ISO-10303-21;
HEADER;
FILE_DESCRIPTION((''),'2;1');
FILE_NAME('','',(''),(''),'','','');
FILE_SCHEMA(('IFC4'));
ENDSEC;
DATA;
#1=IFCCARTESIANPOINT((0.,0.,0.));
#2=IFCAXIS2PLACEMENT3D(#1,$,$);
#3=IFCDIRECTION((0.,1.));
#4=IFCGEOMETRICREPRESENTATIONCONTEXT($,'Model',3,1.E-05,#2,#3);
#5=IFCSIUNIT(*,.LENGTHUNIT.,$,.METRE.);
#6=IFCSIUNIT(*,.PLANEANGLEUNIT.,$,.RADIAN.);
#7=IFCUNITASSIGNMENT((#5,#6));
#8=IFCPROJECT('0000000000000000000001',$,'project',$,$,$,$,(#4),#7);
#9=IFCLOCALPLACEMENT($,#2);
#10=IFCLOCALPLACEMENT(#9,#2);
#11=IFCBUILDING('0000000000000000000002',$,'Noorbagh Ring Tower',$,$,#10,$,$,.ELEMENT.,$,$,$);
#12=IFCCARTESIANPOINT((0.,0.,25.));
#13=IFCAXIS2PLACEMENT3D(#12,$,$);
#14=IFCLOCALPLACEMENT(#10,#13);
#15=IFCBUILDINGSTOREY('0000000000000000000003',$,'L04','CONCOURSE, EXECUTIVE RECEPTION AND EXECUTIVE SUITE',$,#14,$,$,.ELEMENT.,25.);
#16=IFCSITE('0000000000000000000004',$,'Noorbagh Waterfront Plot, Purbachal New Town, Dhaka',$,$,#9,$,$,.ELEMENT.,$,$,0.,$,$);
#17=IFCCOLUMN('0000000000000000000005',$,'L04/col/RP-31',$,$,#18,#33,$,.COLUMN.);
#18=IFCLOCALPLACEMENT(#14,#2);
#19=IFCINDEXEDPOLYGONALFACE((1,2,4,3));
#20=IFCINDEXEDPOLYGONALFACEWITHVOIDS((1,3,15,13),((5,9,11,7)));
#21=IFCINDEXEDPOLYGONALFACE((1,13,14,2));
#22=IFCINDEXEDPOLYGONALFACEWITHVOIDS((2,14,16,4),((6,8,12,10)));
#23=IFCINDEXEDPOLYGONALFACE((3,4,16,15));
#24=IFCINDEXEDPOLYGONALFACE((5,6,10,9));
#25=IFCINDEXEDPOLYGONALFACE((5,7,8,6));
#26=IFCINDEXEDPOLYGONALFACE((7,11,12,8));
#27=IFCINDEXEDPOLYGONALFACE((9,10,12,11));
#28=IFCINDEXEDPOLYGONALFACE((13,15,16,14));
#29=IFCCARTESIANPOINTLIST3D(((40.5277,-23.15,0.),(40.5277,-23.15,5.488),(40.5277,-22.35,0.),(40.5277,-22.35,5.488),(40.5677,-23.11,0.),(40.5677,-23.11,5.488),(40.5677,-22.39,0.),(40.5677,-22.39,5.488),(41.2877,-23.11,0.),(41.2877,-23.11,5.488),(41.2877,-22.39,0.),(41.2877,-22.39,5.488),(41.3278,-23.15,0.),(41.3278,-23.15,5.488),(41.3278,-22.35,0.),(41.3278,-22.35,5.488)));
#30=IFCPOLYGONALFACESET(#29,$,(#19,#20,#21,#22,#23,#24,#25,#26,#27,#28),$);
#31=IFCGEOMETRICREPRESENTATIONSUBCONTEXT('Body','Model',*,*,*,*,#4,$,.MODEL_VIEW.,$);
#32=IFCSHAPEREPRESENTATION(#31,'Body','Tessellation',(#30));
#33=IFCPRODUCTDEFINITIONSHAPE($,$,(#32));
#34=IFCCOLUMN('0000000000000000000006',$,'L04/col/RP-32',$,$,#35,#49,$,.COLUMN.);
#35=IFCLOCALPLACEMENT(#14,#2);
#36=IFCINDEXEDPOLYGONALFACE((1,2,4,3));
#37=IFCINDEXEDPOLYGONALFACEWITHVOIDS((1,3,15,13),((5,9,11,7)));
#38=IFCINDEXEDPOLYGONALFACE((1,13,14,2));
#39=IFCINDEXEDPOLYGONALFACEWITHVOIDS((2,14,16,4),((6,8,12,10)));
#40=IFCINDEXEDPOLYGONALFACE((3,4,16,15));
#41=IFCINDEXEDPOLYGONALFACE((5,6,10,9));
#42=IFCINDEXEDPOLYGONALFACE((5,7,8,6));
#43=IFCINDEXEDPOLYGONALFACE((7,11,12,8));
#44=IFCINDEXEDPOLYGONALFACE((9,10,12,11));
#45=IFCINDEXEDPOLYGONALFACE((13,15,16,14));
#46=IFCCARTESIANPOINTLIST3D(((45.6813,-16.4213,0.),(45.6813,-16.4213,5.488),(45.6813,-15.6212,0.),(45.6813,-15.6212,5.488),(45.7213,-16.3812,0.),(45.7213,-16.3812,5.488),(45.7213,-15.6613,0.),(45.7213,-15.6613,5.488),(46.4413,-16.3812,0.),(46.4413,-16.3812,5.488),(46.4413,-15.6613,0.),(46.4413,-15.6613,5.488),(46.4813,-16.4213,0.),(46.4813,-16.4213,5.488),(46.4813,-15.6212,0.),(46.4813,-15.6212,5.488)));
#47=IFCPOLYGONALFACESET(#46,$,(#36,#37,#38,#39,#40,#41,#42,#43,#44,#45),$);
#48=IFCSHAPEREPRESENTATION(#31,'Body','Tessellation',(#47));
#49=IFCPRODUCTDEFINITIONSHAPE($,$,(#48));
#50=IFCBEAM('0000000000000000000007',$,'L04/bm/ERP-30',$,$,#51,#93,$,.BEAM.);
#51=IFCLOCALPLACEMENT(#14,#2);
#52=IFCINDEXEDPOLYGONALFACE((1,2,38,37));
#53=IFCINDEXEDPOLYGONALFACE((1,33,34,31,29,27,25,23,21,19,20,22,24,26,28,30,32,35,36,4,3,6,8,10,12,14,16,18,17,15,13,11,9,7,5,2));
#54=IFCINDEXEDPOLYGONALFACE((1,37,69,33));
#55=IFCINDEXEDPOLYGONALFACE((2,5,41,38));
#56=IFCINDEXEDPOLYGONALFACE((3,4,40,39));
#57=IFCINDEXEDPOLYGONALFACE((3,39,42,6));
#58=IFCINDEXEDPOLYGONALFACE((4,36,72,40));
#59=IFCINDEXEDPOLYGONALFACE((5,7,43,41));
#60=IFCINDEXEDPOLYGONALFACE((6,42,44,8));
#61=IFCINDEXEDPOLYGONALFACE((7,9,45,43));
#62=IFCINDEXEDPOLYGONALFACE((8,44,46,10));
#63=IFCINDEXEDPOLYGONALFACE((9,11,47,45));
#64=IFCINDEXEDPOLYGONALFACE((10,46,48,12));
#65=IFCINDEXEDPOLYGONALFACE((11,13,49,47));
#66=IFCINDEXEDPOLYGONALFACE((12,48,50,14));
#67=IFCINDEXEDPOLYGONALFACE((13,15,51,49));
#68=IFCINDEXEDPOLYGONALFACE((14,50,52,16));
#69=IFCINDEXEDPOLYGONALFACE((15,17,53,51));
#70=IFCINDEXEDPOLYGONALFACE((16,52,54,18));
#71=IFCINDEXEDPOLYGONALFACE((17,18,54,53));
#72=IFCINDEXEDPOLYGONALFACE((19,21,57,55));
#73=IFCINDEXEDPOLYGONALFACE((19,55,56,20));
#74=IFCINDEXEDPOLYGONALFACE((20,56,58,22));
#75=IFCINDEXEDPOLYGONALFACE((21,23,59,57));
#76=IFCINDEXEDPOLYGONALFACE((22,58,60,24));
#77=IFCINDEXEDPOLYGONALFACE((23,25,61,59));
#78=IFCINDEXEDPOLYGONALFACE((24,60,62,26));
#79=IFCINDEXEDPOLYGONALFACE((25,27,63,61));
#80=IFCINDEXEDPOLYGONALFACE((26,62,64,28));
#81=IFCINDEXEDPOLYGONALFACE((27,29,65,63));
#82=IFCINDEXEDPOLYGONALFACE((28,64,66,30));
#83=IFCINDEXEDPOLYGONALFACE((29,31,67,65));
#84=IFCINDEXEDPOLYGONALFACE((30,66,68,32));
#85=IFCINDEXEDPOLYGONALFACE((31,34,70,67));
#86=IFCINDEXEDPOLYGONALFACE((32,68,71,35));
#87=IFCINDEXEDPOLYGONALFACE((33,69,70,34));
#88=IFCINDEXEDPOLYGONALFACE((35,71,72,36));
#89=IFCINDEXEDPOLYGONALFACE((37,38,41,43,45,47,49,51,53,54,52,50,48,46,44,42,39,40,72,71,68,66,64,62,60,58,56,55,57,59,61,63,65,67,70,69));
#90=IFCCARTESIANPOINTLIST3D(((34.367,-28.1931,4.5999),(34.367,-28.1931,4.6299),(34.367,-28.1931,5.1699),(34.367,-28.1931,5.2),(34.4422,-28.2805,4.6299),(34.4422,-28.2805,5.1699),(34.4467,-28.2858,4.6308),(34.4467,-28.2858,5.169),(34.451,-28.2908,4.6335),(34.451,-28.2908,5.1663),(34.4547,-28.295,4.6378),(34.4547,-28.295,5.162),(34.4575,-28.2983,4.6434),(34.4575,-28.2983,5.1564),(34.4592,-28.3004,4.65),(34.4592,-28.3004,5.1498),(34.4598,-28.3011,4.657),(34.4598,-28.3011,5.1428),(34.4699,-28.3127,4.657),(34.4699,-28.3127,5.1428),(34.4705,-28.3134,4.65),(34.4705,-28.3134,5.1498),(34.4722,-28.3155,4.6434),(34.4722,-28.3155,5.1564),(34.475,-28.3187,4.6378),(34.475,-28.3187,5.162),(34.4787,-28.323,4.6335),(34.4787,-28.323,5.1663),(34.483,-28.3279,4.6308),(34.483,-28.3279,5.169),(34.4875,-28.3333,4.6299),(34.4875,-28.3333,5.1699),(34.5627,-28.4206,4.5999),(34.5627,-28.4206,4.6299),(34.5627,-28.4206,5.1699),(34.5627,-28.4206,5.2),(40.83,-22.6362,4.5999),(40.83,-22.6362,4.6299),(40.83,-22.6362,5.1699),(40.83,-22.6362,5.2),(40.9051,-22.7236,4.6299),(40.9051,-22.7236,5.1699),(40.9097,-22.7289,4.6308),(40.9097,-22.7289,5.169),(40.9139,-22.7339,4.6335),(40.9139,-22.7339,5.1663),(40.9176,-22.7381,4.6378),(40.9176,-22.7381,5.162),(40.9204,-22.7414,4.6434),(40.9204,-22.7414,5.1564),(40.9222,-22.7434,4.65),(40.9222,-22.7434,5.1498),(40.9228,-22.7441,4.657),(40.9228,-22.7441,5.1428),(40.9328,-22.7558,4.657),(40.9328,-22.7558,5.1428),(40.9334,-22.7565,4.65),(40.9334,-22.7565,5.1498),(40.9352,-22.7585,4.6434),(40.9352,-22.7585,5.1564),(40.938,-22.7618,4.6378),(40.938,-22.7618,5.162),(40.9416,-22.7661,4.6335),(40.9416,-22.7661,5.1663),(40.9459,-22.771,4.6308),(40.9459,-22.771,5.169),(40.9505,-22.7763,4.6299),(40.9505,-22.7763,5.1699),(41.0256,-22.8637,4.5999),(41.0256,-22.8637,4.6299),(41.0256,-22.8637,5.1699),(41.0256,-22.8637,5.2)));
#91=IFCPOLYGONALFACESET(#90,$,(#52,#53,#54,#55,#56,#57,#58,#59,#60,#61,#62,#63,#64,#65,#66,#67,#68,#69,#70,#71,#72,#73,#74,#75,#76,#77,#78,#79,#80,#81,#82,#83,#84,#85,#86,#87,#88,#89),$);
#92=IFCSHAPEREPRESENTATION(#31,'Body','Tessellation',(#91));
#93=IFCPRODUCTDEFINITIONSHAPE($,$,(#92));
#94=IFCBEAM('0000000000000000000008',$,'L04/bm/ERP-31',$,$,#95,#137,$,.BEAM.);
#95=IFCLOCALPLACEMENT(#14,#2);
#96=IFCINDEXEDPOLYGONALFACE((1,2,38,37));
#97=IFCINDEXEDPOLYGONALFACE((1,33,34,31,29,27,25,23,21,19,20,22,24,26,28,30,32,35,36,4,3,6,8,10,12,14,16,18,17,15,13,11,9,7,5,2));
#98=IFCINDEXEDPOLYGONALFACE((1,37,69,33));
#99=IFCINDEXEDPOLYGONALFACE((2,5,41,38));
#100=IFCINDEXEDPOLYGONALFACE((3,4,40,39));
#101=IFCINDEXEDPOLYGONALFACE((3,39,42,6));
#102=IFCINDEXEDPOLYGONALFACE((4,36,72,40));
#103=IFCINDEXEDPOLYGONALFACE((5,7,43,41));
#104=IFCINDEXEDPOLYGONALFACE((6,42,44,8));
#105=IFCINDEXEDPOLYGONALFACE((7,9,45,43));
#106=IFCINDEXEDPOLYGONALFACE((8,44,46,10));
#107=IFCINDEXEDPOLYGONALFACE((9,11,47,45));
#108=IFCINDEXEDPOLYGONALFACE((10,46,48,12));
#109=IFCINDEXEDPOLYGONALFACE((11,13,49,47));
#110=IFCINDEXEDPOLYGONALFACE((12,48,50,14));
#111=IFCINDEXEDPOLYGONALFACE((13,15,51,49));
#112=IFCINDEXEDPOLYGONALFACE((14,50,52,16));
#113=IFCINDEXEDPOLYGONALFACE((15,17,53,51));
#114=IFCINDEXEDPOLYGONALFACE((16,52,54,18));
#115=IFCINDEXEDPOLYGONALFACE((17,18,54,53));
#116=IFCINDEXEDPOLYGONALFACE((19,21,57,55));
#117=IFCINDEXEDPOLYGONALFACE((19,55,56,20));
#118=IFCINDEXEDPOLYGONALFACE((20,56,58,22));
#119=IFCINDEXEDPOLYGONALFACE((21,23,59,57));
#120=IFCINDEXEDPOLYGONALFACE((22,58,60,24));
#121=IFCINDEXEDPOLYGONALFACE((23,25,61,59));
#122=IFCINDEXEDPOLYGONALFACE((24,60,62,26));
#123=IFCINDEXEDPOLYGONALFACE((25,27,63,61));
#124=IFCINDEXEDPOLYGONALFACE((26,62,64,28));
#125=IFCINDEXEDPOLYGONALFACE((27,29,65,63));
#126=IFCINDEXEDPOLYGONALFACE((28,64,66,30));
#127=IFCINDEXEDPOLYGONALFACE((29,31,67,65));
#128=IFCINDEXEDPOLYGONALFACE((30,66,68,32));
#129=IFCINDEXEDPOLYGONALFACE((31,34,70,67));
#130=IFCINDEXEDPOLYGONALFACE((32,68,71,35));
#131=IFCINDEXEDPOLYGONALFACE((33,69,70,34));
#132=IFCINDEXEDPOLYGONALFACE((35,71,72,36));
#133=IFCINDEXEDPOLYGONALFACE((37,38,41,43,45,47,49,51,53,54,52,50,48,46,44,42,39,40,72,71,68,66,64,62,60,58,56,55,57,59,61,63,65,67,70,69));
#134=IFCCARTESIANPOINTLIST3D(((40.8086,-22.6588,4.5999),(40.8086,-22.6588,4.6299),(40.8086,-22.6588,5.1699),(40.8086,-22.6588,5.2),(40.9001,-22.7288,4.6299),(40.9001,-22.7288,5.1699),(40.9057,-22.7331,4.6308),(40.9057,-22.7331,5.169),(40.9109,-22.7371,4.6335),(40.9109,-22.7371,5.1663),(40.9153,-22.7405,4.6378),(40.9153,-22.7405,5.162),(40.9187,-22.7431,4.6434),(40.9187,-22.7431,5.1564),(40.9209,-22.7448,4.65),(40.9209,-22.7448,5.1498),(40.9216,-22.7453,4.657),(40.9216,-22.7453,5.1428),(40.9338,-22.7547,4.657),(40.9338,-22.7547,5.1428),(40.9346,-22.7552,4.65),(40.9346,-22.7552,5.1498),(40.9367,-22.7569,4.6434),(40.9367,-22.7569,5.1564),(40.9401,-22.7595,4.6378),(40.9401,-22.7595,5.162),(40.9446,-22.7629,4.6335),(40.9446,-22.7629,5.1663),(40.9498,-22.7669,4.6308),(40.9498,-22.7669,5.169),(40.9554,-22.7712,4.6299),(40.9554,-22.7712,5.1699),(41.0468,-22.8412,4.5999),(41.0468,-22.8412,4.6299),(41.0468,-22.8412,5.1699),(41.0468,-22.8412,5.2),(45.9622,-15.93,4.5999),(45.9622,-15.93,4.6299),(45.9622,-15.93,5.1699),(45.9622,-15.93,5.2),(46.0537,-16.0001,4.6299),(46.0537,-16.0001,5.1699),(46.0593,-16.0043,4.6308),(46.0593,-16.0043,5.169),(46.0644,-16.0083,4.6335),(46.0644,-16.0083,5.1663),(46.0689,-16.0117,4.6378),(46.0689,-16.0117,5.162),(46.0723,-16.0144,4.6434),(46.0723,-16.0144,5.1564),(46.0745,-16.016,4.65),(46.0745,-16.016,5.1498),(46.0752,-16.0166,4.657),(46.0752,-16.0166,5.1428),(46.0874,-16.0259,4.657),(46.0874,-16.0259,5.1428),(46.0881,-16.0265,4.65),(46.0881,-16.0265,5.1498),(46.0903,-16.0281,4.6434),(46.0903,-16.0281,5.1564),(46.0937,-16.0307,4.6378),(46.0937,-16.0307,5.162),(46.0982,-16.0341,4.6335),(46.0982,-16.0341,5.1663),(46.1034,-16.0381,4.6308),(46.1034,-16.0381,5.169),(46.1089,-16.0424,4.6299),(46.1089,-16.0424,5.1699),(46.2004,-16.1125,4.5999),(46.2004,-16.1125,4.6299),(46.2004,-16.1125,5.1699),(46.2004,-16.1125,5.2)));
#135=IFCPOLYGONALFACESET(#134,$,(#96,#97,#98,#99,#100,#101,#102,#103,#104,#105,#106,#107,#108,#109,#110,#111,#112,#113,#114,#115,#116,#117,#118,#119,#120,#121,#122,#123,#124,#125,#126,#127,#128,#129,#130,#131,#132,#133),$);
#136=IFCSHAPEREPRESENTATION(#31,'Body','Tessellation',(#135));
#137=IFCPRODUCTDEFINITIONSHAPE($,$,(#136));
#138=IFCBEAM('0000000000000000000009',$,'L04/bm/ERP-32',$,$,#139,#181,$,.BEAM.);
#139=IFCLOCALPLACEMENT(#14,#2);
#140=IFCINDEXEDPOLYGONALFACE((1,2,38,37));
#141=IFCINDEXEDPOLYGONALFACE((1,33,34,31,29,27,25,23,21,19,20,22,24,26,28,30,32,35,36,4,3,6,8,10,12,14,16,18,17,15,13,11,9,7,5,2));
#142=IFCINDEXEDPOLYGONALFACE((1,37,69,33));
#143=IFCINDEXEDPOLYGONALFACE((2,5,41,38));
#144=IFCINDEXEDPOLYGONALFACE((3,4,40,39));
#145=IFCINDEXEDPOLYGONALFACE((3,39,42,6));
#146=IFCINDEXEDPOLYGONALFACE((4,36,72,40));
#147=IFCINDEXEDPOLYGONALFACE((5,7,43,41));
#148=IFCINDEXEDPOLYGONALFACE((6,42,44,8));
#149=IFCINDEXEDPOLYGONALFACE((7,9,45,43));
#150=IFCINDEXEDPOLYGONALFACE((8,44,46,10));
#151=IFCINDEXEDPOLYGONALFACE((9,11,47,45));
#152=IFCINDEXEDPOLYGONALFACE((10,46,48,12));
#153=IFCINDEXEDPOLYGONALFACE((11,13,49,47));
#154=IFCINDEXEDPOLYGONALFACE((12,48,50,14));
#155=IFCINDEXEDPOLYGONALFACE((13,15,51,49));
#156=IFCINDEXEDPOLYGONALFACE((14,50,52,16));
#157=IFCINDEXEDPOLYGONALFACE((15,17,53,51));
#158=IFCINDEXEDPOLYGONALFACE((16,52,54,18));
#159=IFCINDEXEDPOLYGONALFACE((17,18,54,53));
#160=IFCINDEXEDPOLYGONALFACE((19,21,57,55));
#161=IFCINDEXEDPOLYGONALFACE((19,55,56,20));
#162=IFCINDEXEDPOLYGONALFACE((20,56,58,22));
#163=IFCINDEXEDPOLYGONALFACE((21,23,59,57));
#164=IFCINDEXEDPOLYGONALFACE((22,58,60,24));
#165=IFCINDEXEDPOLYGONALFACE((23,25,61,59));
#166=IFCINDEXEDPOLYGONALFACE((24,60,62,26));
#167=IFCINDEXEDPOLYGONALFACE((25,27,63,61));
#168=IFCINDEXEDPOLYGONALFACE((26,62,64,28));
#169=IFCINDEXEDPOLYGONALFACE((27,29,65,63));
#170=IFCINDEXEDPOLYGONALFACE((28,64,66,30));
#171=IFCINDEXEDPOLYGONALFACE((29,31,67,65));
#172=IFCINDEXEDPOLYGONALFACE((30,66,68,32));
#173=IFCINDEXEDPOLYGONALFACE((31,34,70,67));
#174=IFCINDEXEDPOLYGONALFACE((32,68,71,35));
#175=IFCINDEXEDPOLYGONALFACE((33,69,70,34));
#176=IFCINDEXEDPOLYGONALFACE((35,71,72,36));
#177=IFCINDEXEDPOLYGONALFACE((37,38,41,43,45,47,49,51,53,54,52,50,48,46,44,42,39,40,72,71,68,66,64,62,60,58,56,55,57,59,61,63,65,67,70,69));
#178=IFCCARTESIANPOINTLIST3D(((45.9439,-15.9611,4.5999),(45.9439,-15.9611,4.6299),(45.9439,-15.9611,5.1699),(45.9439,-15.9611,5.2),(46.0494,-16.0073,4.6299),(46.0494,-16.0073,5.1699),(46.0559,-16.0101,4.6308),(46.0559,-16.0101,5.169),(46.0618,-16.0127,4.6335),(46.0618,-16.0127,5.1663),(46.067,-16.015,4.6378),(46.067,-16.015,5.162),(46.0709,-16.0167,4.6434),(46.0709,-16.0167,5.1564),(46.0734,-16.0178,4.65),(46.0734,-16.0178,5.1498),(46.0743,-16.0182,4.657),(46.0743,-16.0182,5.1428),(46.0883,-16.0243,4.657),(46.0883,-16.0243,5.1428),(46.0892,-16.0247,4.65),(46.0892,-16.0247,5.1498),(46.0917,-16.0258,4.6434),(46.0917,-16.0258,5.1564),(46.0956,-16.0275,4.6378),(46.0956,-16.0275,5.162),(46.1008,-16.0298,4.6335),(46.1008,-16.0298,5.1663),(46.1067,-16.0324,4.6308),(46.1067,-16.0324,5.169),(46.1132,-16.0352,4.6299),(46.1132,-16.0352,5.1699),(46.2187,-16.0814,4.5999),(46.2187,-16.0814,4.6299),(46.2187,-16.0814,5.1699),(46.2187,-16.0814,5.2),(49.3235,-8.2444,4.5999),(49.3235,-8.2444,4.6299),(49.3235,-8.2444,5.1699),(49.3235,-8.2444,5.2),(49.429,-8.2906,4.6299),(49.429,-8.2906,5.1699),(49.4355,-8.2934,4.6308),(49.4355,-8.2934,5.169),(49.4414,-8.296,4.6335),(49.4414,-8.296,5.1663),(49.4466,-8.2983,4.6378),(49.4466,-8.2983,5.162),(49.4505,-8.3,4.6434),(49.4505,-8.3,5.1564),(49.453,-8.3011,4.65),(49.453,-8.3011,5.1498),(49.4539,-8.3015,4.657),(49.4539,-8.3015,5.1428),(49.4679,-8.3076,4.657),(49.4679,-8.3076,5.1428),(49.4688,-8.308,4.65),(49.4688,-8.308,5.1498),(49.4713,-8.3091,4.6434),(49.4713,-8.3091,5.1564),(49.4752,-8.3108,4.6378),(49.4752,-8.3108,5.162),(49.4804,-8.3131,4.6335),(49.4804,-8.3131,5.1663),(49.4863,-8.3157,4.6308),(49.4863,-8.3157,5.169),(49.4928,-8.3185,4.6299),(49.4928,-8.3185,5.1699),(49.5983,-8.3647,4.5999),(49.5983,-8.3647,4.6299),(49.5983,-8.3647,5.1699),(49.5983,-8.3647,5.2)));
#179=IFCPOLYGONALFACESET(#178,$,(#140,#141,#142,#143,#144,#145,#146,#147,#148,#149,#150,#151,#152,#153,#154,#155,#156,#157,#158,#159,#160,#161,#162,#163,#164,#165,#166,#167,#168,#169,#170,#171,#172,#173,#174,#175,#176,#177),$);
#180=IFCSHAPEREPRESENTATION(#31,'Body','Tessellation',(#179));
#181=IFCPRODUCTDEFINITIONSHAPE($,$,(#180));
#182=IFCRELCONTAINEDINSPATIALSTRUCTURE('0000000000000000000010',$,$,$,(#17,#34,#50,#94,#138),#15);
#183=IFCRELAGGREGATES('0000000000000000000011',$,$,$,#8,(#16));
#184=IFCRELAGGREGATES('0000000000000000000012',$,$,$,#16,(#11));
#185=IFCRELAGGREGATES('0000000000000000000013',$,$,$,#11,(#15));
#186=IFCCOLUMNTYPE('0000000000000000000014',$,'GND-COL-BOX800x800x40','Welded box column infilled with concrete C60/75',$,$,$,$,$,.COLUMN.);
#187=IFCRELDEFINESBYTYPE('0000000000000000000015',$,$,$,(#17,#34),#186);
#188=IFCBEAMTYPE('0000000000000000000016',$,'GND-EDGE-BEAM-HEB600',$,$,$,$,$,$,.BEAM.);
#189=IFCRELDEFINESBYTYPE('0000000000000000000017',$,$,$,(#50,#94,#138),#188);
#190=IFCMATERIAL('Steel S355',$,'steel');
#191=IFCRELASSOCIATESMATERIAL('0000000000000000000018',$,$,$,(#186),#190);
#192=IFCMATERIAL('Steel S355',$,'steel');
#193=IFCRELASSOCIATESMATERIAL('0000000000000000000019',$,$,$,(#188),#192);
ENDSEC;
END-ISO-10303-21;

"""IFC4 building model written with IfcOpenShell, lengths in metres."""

from ifc_helpers import new_model, si_unit, direction, frame, origin, origin_2d, place, context, subcontext, project, spatial, hollow_rectangle, i_section, extrude, material, material_profile, profile_set, type_object, element, save


model = new_model("IFC4")

# Units and contexts
model_context = context("Model", 3, precision=1e-05, world=origin(), true_north=direction((0.0, 1.0)))
body_context = subcontext(model_context, "Body", "Model", "MODEL_VIEW")
ifc_project = project(units=[si_unit("LENGTHUNIT", "METRE"), si_unit("PLANEANGLEUNIT", "RADIAN")], contexts=[model_context])

# Site, building, storey
site_placement = place(None, origin())
site = spatial("IfcSite", under=ifc_project, at=site_placement, Name="Noorbagh Waterfront Plot, Purbachal New Town, Dhaka", CompositionType="ELEMENT", RefElevation=0.0)
building_placement = place(site_placement, origin())
building = spatial("IfcBuilding", under=site, at=building_placement, Name="Noorbagh Ring Tower", CompositionType="ELEMENT")
storey_placement = place(building_placement, frame((0.0, 0.0, 25.0)))
storey = spatial("IfcBuildingStorey", under=building, at=storey_placement, Name="L04", Description="CONCOURSE, EXECUTIVE RECEPTION AND EXECUTIVE SUITE", CompositionType="ELEMENT", Elevation=25.0)

# Columns
ifc_material_1 = material(Name="Steel S355", Category="steel")
ifc_material_profile_1 = material_profile(ifc_material_1, hollow_rectangle(XDim=0.8, YDim=0.8, WallThickness=0.04, at=origin_2d()), Name="BOX800x800x40")
ifc_profile_set_1 = profile_set([ifc_material_profile_1], Name="Steel S355")
column_type = type_object("IfcColumnType", Name="GND-COL-BOX800x800x40", Description="Welded box column infilled with concrete C60/75", PredefinedType="COLUMN", material=ifc_profile_set_1)
for number, where, z_axis, x_axis, name in (
    (1, (40.9277, -22.75, 0.0), (0.0, 0.0, 1.0), (1.0, 0.0, 0.0), "L04/col/RP-31"),
    (2, (46.0813, -16.0212, 0.0), (0.0, 0.0, 1.0), (1.0, 0.0, 0.0), "L04/col/RP-32"),
):
    element("IfcColumn", number, at=place(storey_placement, frame(where, z_axis=z_axis, x_axis=x_axis)), inside=storey, type_object=column_type, Name=name, PredefinedType="COLUMN", context=body_context, shape_type="SweptSolid", body=[
        extrude(hollow_rectangle(XDim=0.8, YDim=0.8, WallThickness=0.04, at=origin_2d()), origin(), (0.0, 0.0, 1.0), 5.488),
    ])

# Beams
ifc_material_2 = material(Name="Steel S355", Category="steel")
ifc_material_profile_2 = material_profile(ifc_material_2, i_section(OverallWidth=0.3, OverallDepth=0.6001, WebThickness=0.0154, FlangeThickness=0.03, FilletRadius=0.0271, at=origin_2d()), Name="HEB600")
ifc_profile_set_2 = profile_set([ifc_material_profile_2], Name="Steel S355")
beam_type_1 = type_object("IfcBeamType", Name="GND-EDGE-BEAM-HEB600", PredefinedType="BEAM", material=ifc_profile_set_2)
beam_1_placement = place(storey_placement, frame((34.4648, -28.3069, 4.8999), z_axis=(0.758255, 0.651958, 0.0), x_axis=(-0.651958, 0.758255, 0.0)))
element("IfcBeam", 3, at=beam_1_placement, inside=storey, type_object=beam_type_1, Name="L04/bm/ERP-30", PredefinedType="BEAM", context=body_context, shape_type="SweptSolid", body=[
    extrude(i_section(OverallWidth=0.3, OverallDepth=0.6001, WebThickness=0.0154, FlangeThickness=0.03, FilletRadius=0.0271, at=origin_2d()), origin(), (0.0, 0.0, 1.0), 8.5234),
])
beam_2_placement = place(storey_placement, frame((40.9277, -22.75, 4.8999), z_axis=(0.608049, 0.7939, 0.0), x_axis=(-0.7939, 0.608049, 0.0)))
element("IfcBeam", 4, at=beam_2_placement, inside=storey, type_object=beam_type_1, Name="L04/bm/ERP-31", PredefinedType="BEAM", context=body_context, shape_type="SweptSolid", body=[
    extrude(i_section(OverallWidth=0.3, OverallDepth=0.6001, WebThickness=0.0154, FlangeThickness=0.03, FilletRadius=0.0271, at=origin_2d()), origin(), (0.0, 0.0, 1.0), 8.4756),
])
beam_3_placement = place(storey_placement, frame((46.0813, -16.0212, 4.8999), z_axis=(0.401172, 0.916003, 0.0), x_axis=(-0.916003, 0.401172, 0.0)))
element("IfcBeam", 5, at=beam_3_placement, inside=storey, type_object=beam_type_1, Name="L04/bm/ERP-32", PredefinedType="BEAM", context=body_context, shape_type="SweptSolid", body=[
    extrude(i_section(OverallWidth=0.3, OverallDepth=0.6001, WebThickness=0.0154, FlangeThickness=0.03, FilletRadius=0.0271, at=origin_2d()), origin(), (0.0, 0.0, 1.0), 8.4243),
])

save(model, "model.ifc")
